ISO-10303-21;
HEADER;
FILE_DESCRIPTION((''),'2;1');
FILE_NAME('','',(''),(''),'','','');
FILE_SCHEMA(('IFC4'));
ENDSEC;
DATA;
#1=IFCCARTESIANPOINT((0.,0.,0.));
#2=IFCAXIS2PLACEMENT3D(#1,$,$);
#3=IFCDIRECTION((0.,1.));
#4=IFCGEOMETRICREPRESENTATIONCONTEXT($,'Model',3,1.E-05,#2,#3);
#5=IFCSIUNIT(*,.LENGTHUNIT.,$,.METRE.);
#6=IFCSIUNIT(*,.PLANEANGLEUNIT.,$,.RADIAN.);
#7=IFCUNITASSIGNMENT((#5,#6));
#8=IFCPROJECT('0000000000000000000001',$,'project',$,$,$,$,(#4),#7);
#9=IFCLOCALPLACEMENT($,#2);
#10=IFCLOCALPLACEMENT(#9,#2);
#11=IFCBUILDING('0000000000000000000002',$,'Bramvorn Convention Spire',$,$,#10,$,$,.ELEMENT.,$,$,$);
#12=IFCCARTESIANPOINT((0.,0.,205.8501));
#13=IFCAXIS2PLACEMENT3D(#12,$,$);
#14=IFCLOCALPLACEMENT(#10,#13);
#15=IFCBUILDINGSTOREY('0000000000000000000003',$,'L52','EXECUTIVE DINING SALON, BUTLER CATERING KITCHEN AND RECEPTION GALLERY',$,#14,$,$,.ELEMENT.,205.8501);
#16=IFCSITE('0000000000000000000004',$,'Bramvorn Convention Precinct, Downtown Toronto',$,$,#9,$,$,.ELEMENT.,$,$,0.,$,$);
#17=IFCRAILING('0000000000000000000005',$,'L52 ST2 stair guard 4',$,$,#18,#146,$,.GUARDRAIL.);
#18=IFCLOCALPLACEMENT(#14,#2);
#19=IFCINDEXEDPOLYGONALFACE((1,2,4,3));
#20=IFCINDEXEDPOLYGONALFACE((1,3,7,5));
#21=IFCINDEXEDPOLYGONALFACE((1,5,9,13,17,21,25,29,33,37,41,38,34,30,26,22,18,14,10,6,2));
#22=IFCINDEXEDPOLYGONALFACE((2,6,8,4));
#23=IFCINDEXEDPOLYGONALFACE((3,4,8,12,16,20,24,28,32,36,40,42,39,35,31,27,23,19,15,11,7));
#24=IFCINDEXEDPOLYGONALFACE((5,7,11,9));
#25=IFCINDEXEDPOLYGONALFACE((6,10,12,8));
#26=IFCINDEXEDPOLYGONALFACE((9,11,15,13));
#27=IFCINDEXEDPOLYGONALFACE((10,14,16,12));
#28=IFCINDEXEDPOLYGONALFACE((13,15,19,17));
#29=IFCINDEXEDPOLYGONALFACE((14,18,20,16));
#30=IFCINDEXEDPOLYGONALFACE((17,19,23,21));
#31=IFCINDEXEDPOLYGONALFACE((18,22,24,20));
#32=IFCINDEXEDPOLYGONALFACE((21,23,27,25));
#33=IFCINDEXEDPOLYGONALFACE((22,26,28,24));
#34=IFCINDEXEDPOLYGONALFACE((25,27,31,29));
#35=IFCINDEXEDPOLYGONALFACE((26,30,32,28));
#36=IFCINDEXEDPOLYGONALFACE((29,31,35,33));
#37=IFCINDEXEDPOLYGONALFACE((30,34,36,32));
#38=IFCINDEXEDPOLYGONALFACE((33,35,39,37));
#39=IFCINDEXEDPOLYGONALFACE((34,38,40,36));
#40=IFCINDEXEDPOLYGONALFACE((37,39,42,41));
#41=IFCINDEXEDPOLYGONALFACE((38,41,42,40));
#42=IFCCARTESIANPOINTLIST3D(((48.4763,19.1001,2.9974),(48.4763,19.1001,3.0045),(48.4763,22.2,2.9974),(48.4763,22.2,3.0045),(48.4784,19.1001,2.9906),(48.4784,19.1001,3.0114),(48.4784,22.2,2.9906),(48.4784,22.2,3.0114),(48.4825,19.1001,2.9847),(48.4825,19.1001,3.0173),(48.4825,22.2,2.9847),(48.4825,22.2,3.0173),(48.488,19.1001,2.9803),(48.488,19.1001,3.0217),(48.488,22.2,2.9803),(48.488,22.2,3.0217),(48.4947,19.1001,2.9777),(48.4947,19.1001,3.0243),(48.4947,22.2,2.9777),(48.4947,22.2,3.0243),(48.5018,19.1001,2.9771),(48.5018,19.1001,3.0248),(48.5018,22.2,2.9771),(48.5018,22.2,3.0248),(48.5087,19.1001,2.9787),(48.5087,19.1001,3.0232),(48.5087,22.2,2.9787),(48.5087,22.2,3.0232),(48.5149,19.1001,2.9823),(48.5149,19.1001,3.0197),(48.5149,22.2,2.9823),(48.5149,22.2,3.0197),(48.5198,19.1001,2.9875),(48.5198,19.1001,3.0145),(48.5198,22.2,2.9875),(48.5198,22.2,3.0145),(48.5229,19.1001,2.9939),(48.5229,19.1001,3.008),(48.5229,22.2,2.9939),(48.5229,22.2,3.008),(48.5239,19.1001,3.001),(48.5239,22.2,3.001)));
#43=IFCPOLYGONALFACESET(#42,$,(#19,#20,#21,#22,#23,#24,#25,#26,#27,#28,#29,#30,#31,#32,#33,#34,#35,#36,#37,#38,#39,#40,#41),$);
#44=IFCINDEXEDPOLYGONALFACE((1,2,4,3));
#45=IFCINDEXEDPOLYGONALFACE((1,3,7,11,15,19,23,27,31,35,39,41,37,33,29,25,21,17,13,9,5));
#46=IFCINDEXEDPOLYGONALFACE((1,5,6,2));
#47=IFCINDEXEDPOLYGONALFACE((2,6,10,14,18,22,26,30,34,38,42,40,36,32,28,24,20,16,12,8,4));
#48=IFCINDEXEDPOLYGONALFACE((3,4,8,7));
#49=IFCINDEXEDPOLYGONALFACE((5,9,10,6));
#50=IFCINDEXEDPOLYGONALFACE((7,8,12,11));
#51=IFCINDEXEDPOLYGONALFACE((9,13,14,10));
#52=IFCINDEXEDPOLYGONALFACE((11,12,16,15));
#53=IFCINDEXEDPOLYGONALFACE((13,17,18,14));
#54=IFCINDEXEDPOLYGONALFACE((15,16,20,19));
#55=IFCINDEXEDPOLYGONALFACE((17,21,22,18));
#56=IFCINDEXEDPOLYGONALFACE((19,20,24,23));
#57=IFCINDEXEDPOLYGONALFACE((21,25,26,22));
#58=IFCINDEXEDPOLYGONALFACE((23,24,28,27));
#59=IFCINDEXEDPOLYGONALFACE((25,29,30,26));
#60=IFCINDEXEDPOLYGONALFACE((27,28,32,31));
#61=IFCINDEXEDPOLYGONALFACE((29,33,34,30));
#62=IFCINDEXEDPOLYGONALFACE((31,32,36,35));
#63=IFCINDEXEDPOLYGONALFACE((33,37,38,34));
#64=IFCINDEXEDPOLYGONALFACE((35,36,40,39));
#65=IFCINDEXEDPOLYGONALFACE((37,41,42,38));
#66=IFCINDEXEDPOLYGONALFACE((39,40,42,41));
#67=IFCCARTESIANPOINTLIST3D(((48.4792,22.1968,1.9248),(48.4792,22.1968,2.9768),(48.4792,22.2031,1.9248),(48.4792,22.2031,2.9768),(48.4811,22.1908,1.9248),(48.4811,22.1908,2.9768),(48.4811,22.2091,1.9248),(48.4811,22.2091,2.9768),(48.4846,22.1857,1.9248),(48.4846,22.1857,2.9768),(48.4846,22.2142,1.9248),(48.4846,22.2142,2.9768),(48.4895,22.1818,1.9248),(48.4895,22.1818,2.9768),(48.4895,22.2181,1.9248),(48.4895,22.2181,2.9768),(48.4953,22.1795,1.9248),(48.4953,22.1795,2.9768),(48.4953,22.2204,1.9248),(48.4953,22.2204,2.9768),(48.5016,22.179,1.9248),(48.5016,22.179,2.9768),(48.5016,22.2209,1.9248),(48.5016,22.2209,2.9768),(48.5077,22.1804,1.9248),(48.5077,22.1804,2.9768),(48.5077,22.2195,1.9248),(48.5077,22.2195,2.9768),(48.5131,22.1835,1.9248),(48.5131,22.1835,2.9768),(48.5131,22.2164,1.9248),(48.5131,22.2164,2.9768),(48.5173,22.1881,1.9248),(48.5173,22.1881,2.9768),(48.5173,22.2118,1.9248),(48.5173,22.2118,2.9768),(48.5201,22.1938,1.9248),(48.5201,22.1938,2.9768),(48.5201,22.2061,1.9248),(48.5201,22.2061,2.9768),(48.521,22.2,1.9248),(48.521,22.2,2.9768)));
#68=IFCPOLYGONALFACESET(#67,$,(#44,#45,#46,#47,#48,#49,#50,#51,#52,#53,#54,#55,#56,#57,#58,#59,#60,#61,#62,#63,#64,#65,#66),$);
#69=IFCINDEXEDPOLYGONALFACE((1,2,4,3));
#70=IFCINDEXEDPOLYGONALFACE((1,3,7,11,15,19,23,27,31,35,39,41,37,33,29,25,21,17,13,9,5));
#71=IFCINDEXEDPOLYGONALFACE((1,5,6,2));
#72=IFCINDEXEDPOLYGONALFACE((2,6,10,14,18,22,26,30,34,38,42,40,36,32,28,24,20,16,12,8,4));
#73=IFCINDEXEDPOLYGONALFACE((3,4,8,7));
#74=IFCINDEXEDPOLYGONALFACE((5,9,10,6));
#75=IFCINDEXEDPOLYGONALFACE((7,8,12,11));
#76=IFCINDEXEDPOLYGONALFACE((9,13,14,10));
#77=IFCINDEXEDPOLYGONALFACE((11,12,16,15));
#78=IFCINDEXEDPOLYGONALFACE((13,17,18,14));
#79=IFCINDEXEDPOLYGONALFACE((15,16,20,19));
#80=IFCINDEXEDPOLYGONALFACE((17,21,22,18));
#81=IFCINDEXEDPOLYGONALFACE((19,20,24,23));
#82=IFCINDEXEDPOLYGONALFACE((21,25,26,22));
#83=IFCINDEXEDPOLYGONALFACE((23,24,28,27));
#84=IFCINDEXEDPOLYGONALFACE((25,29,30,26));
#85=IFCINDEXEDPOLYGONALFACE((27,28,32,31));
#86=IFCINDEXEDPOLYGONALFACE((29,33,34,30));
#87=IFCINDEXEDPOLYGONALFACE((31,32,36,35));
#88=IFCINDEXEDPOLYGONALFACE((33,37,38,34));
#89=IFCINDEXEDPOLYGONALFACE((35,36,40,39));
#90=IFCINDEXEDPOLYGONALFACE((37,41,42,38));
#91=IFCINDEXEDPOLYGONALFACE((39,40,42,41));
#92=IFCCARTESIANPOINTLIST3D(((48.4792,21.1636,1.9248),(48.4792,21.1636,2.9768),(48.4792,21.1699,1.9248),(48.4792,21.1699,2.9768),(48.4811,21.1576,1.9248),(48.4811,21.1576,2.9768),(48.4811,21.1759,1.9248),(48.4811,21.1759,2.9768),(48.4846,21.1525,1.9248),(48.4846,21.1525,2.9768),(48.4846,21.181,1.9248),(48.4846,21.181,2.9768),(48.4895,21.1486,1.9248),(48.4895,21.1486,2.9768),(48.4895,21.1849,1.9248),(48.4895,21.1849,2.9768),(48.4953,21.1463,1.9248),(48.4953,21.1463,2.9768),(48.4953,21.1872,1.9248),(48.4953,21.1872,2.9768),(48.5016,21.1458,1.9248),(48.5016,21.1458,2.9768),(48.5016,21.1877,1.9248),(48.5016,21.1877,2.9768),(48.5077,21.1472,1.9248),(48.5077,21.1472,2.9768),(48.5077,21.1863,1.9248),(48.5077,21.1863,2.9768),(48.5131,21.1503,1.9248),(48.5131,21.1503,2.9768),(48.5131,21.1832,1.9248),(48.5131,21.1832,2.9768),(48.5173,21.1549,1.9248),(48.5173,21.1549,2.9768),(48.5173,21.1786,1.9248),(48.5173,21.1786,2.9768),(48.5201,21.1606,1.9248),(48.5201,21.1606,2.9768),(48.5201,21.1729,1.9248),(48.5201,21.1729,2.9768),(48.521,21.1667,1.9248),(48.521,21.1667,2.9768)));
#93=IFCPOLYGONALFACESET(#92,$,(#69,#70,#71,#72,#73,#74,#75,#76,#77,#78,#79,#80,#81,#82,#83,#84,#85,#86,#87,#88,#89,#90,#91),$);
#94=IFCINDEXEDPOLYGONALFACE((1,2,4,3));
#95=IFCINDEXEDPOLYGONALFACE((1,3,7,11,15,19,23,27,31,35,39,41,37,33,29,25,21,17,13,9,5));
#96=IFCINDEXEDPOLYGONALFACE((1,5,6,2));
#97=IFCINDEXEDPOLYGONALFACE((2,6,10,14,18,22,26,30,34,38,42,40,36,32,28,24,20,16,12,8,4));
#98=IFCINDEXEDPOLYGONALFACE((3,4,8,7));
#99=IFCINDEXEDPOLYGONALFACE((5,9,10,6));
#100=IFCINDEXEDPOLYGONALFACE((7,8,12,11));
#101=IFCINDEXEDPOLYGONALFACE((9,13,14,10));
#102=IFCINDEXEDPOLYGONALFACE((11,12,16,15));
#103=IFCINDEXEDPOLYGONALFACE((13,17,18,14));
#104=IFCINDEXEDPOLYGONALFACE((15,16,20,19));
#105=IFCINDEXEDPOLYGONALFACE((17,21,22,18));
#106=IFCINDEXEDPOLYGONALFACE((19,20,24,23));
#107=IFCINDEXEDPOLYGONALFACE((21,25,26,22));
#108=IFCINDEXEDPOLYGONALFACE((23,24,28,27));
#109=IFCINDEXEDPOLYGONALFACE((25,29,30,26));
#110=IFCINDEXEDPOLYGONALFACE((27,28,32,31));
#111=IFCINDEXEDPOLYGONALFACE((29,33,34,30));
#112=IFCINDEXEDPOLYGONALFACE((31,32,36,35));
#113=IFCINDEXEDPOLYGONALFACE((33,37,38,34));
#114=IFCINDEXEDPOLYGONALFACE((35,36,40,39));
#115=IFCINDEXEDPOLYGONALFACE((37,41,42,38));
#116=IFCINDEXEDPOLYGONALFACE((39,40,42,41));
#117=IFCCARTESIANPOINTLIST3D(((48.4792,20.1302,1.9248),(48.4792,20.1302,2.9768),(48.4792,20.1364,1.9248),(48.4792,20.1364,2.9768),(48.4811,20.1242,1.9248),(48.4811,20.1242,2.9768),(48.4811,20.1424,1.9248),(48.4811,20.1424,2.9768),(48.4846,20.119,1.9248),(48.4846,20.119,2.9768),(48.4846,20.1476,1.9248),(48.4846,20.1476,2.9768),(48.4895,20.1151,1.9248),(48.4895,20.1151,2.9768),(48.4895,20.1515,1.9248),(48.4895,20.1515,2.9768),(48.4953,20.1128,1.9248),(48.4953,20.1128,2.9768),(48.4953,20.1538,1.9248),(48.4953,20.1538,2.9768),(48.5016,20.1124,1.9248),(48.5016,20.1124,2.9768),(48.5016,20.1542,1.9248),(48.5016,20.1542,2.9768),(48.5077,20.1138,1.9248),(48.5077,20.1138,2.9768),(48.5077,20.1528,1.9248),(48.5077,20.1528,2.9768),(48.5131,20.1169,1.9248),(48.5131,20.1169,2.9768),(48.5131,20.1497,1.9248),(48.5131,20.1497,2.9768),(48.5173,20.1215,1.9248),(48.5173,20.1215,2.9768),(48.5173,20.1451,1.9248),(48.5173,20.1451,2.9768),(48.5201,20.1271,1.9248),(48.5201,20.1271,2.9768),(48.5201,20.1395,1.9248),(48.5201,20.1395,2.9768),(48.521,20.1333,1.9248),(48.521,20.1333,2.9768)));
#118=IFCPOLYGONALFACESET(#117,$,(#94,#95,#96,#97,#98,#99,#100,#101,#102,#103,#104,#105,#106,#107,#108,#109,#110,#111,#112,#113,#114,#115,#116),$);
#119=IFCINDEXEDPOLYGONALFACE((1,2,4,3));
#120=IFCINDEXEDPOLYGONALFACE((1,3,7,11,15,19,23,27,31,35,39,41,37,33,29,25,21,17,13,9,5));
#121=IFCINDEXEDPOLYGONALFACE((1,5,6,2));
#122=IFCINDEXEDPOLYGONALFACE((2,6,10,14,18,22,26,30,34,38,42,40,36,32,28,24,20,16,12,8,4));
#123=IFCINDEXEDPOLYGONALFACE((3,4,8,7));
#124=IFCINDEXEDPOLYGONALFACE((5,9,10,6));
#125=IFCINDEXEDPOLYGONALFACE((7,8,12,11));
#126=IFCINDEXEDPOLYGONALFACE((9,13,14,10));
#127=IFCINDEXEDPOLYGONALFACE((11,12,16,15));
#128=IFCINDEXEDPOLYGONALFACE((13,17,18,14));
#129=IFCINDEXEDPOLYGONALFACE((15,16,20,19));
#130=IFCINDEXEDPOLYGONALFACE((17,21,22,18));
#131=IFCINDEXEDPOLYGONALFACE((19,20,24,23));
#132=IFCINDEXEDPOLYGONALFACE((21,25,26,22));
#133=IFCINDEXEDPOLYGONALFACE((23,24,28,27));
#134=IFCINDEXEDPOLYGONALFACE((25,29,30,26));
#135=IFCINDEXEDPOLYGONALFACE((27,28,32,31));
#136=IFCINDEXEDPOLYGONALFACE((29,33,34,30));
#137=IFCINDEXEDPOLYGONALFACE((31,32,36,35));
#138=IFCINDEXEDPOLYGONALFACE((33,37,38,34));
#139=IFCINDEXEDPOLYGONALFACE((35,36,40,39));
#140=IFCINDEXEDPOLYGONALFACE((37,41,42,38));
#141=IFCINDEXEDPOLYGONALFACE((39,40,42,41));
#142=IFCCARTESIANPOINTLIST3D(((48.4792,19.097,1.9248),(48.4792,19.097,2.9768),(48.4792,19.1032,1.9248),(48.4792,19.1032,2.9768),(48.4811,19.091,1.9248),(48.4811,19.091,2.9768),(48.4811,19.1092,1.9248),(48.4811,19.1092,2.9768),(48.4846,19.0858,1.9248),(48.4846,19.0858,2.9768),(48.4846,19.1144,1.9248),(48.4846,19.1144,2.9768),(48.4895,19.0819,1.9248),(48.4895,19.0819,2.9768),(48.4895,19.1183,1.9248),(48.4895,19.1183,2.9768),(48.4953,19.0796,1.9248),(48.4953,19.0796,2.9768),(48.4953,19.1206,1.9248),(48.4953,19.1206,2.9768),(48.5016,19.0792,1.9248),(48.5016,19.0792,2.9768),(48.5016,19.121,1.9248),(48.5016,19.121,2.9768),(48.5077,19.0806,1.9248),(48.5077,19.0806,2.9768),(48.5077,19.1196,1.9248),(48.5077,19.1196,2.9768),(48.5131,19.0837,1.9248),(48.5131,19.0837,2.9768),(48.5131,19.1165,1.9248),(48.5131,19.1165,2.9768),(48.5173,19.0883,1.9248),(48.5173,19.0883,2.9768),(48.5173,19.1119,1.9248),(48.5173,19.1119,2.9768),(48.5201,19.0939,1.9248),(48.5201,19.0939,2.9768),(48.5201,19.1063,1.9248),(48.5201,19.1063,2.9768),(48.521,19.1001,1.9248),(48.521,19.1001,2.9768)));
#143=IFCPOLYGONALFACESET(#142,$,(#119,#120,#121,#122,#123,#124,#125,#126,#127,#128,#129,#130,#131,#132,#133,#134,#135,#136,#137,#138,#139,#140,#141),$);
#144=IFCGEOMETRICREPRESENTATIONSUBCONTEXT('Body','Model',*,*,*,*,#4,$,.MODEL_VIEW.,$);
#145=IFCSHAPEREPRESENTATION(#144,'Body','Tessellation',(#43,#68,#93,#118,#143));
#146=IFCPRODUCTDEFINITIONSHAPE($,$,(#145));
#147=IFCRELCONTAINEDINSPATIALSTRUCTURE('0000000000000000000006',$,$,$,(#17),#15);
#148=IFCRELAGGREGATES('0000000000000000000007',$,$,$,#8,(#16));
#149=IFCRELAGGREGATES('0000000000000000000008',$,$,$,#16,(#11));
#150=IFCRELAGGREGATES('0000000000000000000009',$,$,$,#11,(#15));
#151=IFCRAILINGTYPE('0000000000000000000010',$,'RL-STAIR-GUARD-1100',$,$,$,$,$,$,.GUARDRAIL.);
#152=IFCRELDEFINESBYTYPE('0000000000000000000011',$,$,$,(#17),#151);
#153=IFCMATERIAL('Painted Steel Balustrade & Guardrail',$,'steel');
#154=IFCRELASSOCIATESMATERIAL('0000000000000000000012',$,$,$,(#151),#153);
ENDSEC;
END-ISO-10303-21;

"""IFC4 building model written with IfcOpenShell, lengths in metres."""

from ifc_helpers import new_model, si_unit, direction, frame, origin, origin_2d, place, context, subcontext, project, spatial, circle, extrude, material, type_object, element, save


model = new_model("IFC4")

# Units and contexts
model_context = context("Model", 3, precision=1e-05, world=origin(), true_north=direction((0.0, 1.0)))
body_context = subcontext(model_context, "Body", "Model", "MODEL_VIEW")
ifc_project = project(units=[si_unit("LENGTHUNIT", "METRE"), si_unit("PLANEANGLEUNIT", "RADIAN")], contexts=[model_context])

# Site, building, storey
site_placement = place(None, origin())
site = spatial("IfcSite", under=ifc_project, at=site_placement, Name="Bramvorn Convention Precinct, Downtown Toronto", CompositionType="ELEMENT", RefElevation=0.0)
building_placement = place(site_placement, origin())
building = spatial("IfcBuilding", under=site, at=building_placement, Name="Bramvorn Convention Spire", CompositionType="ELEMENT")
storey_placement = place(building_placement, frame((0.0, 0.0, 205.8501)))
storey = spatial("IfcBuildingStorey", under=building, at=storey_placement, Name="L52", Description="EXECUTIVE DINING SALON, BUTLER CATERING KITCHEN AND RECEPTION GALLERY", CompositionType="ELEMENT", Elevation=205.8501)

# Railing
ifc_material_1 = material(Name="Painted Steel Balustrade & Guardrail", Category="steel")
railing_type_1 = type_object("IfcRailingType", Name="RL-STAIR-GUARD-1100", PredefinedType="GUARDRAIL", material=ifc_material_1)
for number, where, name in (
    (1, (48.5, 22.2, 1.9248), "L52 ST2 stair guard 4"),
):
    element("IfcRailing", number, at=place(storey_placement, frame(where)), inside=storey, type_object=railing_type_1, Name=name, PredefinedType="GUARDRAIL", context=body_context, shape_type="SweptSolid", body=[
        extrude(circle(Radius=0.0239, at=origin_2d()), frame((0.0, 0.0, 1.0762), z_axis=(0.0, -1.0, 0.0), x_axis=(1.0, 0.0, 0.0)), (0.0, 0.0, 1.0), 3.0999),
        extrude(circle(Radius=0.021, at=origin_2d()), origin(), (0.0, 0.0, 1.0), 1.052),
        extrude(circle(Radius=0.021, at=origin_2d()), frame((0.0, -1.0332, 0.0)), (0.0, 0.0, 1.0), 1.052),
        extrude(circle(Radius=0.021, at=origin_2d()), frame((0.0, -2.0667, 0.0)), (0.0, 0.0, 1.0), 1.052),
        extrude(circle(Radius=0.021, at=origin_2d()), frame((0.0, -3.0999, 0.0)), (0.0, 0.0, 1.0), 1.052),
    ])

save(model, "model.ifc")
